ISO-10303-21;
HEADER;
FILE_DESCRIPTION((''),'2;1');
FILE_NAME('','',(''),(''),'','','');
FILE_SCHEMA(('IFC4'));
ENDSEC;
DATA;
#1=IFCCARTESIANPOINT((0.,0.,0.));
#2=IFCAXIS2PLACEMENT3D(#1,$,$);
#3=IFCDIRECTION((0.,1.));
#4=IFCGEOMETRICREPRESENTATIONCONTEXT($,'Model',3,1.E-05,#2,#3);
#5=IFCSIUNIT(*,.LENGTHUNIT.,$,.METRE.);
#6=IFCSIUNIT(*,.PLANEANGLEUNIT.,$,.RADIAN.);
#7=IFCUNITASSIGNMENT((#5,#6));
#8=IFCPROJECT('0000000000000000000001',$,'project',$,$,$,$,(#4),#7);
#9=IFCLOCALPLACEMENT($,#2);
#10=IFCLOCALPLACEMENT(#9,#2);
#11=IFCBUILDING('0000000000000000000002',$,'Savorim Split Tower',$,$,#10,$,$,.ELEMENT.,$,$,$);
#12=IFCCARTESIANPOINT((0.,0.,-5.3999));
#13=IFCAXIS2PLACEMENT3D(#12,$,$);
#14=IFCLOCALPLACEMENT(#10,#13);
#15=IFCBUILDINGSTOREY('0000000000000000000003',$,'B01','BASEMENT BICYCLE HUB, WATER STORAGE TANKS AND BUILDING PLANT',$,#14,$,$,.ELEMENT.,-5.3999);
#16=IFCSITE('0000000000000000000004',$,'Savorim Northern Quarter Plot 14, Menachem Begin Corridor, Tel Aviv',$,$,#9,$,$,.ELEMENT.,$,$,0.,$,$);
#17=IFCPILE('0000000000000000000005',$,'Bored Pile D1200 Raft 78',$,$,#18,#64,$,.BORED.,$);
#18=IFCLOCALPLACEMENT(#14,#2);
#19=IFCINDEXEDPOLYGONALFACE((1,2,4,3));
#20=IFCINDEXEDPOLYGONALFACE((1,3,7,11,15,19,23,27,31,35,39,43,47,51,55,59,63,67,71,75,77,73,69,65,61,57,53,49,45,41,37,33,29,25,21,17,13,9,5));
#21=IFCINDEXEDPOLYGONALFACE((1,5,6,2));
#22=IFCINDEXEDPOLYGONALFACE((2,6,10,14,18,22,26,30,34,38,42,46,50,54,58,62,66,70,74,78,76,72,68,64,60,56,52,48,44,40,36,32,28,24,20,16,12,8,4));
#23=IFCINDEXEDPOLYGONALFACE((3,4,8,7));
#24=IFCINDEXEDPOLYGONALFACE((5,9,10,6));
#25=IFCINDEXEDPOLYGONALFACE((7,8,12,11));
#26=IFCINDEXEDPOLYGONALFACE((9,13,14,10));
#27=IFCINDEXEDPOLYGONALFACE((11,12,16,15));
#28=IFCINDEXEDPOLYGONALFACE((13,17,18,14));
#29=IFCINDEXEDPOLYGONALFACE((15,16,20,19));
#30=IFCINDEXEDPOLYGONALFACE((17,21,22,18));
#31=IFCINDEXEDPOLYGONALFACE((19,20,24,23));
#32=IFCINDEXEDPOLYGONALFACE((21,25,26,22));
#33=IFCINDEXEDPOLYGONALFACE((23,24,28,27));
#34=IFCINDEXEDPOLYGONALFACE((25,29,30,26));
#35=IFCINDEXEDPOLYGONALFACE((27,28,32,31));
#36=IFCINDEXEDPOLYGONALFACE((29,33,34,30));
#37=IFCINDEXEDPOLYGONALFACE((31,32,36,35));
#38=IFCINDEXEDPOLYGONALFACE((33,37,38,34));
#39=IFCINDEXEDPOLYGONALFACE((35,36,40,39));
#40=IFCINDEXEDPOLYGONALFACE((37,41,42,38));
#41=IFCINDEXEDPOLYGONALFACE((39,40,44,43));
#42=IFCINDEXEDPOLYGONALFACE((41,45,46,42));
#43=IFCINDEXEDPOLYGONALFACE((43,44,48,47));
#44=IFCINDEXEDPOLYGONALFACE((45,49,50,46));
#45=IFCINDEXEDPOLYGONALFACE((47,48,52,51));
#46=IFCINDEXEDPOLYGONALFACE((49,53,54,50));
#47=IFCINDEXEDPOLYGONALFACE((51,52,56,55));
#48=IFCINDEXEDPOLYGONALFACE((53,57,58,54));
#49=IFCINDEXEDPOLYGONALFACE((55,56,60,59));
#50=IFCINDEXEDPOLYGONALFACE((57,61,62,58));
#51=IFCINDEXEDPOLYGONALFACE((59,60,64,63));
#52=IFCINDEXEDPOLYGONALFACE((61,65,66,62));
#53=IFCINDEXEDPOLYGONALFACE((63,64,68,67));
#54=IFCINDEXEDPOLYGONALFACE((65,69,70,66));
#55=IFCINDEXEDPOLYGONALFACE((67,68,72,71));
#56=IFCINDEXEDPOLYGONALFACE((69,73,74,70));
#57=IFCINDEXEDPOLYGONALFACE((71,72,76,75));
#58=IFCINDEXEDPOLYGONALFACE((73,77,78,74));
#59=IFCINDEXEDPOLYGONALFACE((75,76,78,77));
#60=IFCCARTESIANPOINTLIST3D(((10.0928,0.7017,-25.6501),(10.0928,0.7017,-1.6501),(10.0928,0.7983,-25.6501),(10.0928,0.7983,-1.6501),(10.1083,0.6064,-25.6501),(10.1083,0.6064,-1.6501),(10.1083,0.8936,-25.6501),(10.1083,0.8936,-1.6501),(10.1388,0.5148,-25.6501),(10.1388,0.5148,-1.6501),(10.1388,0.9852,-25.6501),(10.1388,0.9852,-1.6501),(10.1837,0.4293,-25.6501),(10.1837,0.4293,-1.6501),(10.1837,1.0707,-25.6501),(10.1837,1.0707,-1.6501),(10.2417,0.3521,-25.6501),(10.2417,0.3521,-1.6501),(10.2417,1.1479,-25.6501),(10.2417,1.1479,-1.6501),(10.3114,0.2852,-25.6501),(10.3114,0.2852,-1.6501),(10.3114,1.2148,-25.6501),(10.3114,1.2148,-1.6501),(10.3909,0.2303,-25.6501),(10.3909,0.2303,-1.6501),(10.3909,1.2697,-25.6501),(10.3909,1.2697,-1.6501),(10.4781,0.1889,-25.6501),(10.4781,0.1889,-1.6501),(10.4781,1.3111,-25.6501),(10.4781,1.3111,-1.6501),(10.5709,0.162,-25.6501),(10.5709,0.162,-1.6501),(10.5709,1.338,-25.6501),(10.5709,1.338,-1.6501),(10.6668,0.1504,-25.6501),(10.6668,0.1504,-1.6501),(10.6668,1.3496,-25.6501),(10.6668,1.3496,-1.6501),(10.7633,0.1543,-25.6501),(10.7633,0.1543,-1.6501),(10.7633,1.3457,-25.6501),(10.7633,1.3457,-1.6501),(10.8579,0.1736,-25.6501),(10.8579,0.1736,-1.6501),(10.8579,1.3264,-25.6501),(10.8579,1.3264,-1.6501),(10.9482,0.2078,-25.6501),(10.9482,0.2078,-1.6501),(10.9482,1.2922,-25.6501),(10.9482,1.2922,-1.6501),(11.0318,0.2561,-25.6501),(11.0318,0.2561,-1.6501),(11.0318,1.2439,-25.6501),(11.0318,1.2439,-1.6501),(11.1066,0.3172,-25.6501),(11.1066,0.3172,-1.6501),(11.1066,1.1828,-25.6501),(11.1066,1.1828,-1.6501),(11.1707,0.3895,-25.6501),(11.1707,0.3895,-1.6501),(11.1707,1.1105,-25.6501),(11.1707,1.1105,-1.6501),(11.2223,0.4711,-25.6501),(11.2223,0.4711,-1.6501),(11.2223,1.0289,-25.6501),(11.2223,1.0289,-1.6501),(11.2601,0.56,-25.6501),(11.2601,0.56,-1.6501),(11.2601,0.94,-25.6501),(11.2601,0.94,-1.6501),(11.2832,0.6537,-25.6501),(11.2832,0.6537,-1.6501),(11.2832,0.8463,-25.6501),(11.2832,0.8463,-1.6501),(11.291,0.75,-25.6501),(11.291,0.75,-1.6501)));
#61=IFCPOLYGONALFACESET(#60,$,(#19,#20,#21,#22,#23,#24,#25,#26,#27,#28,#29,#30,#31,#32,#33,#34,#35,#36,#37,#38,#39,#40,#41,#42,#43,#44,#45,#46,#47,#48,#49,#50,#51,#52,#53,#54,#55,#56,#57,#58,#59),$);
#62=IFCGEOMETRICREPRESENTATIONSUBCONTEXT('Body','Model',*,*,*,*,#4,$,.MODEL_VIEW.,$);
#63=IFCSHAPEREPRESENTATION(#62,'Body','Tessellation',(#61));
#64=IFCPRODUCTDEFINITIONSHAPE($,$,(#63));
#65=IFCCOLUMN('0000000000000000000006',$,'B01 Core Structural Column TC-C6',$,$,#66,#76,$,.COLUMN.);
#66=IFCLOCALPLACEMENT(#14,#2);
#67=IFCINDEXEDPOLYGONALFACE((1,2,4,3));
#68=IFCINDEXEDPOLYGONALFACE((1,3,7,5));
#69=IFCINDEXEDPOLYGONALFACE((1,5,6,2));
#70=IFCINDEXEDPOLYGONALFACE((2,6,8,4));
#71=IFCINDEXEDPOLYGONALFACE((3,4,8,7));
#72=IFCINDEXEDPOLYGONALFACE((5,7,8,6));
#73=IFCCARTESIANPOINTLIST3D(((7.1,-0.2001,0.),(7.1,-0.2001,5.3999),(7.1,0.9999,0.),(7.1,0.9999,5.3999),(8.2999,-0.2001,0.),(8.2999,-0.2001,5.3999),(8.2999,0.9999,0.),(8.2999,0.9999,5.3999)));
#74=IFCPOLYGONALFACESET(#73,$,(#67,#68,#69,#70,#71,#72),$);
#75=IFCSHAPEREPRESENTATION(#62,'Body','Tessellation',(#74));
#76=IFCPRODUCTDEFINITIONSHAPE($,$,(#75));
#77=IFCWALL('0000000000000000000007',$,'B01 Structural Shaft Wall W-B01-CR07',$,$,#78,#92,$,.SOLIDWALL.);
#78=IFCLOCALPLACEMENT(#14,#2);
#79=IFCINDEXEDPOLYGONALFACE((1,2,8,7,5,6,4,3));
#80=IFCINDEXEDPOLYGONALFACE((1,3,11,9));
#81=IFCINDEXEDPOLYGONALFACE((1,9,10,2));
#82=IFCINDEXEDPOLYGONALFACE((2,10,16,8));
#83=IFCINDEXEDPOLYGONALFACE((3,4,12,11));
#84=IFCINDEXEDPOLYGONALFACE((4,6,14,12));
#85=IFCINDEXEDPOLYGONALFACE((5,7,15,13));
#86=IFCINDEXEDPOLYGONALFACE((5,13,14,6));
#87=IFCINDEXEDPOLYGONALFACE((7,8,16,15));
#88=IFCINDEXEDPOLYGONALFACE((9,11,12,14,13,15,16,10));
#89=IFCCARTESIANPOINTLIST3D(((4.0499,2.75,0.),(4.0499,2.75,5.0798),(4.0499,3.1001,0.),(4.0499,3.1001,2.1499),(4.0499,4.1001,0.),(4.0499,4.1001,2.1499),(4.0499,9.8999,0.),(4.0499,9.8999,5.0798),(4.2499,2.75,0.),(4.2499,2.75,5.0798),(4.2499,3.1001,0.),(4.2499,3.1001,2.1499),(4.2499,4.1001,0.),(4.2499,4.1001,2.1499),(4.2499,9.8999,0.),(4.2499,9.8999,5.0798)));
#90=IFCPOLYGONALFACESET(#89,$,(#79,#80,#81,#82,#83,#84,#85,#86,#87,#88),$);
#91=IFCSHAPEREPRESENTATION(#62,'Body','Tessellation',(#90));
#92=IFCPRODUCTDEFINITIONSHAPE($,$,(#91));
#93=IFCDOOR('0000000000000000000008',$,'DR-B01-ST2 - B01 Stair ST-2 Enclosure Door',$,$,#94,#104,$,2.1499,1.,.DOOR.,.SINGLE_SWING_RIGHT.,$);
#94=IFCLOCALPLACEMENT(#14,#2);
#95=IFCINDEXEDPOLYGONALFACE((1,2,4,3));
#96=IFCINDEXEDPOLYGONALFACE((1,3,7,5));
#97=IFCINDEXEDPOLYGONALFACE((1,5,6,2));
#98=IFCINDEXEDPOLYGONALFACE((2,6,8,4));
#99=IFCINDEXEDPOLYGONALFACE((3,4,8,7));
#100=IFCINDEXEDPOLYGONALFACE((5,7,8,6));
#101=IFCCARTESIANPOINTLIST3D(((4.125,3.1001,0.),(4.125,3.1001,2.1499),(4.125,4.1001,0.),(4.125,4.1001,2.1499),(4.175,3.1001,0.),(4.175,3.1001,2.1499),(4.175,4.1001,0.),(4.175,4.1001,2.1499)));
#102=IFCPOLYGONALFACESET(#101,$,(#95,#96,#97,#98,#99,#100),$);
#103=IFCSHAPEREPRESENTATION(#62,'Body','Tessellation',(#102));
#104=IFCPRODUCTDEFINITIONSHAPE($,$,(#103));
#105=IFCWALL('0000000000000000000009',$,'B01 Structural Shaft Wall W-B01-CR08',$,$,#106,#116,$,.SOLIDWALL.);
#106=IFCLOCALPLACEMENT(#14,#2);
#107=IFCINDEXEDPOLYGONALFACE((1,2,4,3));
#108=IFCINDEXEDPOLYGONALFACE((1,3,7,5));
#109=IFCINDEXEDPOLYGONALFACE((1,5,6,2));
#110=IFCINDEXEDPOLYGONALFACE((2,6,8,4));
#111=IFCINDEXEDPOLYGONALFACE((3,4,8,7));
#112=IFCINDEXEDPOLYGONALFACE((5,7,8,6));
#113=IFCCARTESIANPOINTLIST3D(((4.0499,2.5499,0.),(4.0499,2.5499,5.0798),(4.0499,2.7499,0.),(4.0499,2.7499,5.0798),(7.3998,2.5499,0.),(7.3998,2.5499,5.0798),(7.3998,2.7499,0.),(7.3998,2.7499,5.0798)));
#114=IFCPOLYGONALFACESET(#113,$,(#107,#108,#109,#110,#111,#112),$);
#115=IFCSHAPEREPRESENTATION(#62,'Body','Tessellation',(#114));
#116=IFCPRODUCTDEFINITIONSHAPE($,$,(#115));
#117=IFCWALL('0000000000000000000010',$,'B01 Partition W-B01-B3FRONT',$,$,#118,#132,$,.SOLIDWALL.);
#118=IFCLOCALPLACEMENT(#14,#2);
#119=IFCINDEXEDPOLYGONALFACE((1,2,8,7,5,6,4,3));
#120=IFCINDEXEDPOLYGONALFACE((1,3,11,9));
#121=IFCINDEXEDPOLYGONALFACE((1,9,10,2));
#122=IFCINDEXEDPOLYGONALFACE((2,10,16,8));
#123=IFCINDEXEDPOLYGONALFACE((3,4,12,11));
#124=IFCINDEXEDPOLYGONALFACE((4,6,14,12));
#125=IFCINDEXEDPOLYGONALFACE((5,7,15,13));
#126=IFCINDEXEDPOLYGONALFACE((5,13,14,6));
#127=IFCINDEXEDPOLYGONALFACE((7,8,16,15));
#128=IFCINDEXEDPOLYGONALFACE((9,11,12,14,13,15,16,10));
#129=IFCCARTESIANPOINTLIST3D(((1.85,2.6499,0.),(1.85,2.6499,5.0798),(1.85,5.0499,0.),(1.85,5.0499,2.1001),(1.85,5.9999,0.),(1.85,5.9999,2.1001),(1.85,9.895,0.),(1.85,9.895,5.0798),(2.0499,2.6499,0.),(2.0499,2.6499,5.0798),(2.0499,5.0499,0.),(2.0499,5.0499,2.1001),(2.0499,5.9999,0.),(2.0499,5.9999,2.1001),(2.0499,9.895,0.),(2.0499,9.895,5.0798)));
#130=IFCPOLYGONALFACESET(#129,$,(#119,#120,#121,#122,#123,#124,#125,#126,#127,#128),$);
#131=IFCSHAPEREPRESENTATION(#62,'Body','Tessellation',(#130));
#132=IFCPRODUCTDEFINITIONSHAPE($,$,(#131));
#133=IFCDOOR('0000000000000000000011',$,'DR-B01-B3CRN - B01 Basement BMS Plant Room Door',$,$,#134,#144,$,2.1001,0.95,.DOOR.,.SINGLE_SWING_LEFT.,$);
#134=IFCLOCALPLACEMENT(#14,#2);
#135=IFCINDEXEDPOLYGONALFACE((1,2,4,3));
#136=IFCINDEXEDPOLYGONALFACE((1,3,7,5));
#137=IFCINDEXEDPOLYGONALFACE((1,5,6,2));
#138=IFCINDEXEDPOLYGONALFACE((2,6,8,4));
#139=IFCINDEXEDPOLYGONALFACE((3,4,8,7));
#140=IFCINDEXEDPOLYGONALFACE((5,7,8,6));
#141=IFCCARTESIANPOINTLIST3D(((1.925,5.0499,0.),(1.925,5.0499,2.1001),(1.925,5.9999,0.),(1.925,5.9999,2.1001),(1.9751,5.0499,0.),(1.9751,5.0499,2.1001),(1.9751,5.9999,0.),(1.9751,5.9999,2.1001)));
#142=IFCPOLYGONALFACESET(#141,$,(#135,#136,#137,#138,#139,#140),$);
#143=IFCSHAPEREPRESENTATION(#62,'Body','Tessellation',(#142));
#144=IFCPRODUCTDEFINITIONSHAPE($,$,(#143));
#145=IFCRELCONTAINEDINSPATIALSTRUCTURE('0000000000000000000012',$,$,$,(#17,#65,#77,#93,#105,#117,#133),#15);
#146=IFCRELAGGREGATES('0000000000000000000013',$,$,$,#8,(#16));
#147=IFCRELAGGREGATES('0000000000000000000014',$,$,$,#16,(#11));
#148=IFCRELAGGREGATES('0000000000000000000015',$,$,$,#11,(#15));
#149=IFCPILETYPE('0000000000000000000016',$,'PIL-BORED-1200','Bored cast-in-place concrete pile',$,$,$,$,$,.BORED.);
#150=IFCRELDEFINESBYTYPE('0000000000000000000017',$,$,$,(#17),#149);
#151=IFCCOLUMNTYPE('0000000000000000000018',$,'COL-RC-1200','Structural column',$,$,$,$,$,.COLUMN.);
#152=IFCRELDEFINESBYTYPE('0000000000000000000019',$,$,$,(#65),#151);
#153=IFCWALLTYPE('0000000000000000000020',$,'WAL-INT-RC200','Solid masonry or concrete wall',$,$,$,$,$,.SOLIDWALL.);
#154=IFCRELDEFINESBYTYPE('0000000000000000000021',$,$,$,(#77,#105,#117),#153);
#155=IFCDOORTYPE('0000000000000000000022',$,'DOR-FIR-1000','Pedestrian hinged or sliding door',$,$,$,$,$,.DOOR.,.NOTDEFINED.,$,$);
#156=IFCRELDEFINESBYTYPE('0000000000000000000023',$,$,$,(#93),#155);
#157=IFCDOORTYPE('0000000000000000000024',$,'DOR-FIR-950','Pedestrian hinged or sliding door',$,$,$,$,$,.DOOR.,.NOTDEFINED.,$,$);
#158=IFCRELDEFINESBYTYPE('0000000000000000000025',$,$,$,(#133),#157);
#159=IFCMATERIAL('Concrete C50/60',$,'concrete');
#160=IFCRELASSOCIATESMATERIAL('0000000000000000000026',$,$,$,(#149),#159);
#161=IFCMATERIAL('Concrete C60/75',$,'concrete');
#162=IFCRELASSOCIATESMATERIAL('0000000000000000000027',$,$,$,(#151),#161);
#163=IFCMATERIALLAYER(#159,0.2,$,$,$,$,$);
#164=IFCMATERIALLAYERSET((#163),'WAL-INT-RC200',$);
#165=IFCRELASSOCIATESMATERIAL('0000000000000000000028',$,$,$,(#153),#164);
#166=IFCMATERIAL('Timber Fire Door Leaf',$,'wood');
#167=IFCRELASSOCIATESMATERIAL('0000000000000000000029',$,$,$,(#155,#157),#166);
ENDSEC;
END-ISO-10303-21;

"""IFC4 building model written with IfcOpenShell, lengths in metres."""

from ifc_helpers import new_model, si_unit, direction, frame, frame_2d, origin, origin_2d, place, context, subcontext, project, spatial, rectangle, circle, extrude, material, layer, layer_set, material_profile, profile_set, type_object, element, fill, save


model = new_model("IFC4")

# Units and contexts
model_context = context("Model", 3, precision=1e-05, world=origin(), true_north=direction((0.0, 1.0)))
body_context = subcontext(model_context, "Body", "Model", "MODEL_VIEW")
ifc_project = project(units=[si_unit("LENGTHUNIT", "METRE"), si_unit("PLANEANGLEUNIT", "RADIAN")], contexts=[model_context])

# Site, building, storey
site_placement = place(None, origin())
site = spatial("IfcSite", under=ifc_project, at=site_placement, Name="Savorim Northern Quarter Plot 14, Menachem Begin Corridor, Tel Aviv", CompositionType="ELEMENT", RefElevation=0.0)
building_placement = place(site_placement, origin())
building = spatial("IfcBuilding", under=site, at=building_placement, Name="Savorim Split Tower", CompositionType="ELEMENT")
storey_placement = place(building_placement, frame((0.0, 0.0, -5.3999)))
storey = spatial("IfcBuildingStorey", under=building, at=storey_placement, Name="B01", Description="BASEMENT BICYCLE HUB, WATER STORAGE TANKS AND BUILDING PLANT", CompositionType="ELEMENT", Elevation=-5.3999)

# Pile
ifc_material_1 = material(Name="Concrete C50/60", Category="concrete")
ifc_material_profile_1 = material_profile(ifc_material_1, circle(Radius=0.6001, at=origin_2d()), Name="PILE D1200")
ifc_profile_set_1 = profile_set([ifc_material_profile_1], Name="Concrete C50/60")
pile_type = type_object("IfcPileType", Name="PIL-BORED-1200", Description="Bored cast-in-place concrete pile", PredefinedType="BORED", material=ifc_profile_set_1)
for number, where, z_axis, x_axis, name in (
    (1, (10.6909, 0.75, -1.6501), (0.0, 0.0, -1.0), (1.0, 0.0, 0.0), "Bored Pile D1200 Raft 78"),
):
    element("IfcPile", number, at=place(storey_placement, frame(where, z_axis=z_axis, x_axis=x_axis)), inside=storey, type_object=pile_type, Name=name, PredefinedType="BORED", context=body_context, shape_type="SweptSolid", body=[
        extrude(circle(Radius=0.6001, at=origin_2d()), origin(), (0.0, 0.0, 1.0), 24.0),
    ])

# Column
ifc_material_2 = material(Name="Concrete C60/75", Category="concrete")
ifc_material_profile_2 = material_profile(ifc_material_2, rectangle(XDim=1.2, YDim=1.2, at=origin_2d()), Name="RC 1200x1200")
ifc_profile_set_2 = profile_set([ifc_material_profile_2], Name="Concrete C60/75")
column_type = type_object("IfcColumnType", Name="COL-RC-1200", Description="Structural column", PredefinedType="COLUMN", material=ifc_profile_set_2)
column_placement = place(storey_placement, frame((7.7, 0.3999, 0.0), z_axis=(0.0, 0.0, 1.0), x_axis=(1.0, 0.0, 0.0)))
element("IfcColumn", 2, at=column_placement, inside=storey, type_object=column_type, Name="B01 Core Structural Column TC-C6", PredefinedType="COLUMN", context=body_context, shape_type="SweptSolid", body=[
    extrude(rectangle(XDim=1.2, YDim=1.2, at=origin_2d()), origin(), (0.0, 0.0, 1.0), 5.3999),
])

# Wall, opening, door
ifc_layer_1 = layer(ifc_material_1, 0.2)
ifc_layer_set_1 = layer_set([ifc_layer_1], Name="WAL-INT-RC200")
wall_type = type_object("IfcWallType", Name="WAL-INT-RC200", Description="Solid masonry or concrete wall", PredefinedType="SOLIDWALL", material=ifc_layer_set_1)
wall_1_placement = place(storey_placement, frame((4.1499, 2.75, 0.0), z_axis=(0.0, 0.0, 1.0), x_axis=(0.0, 1.0, 0.0)))
wall_1 = element("IfcWall", 3, at=wall_1_placement, inside=storey, type_object=wall_type, Name="B01 Structural Shaft Wall W-B01-CR07", PredefinedType="SOLIDWALL", context=body_context, shape_type="SweptSolid", body=[
    extrude(rectangle(XDim=7.1499, YDim=0.2, at=frame_2d((3.575, 0.0))), origin(), (0.0, 0.0, 1.0), 5.0798),
])
opening_1_placement = place(wall_1_placement, frame((0.3501, 0.0, 0.0)))
opening_1 = element("IfcOpeningElement", 4, at=opening_1_placement, cuts=wall_1, PredefinedType="OPENING", context=body_context, shape_type="SweptSolid", body=[
    extrude(rectangle(XDim=1.0, YDim=2.1499, at=frame_2d((0.5, 1.075))), frame((0.0, 0.1099, 0.0), z_axis=(0.0, -1.0, 0.0), x_axis=(1.0, 0.0, 0.0)), (0.0, 0.0, 1.0), 0.22),
])
ifc_material_3 = material(Name="Timber Fire Door Leaf", Category="wood")
door_type_1 = type_object("IfcDoorType", Name="DOR-FIR-1000", Description="Pedestrian hinged or sliding door", OperationType="NOTDEFINED", PredefinedType="DOOR", material=ifc_material_3)
door_1_placement = place(opening_1_placement, origin())
door_1 = element("IfcDoor", 5, at=door_1_placement, inside=storey, type_object=door_type_1, Name="DR-B01-ST2 - B01 Stair ST-2 Enclosure Door", OperationType="SINGLE_SWING_RIGHT", OverallHeight=2.1499, OverallWidth=1.0, PredefinedType="DOOR", context=body_context, shape_type="SweptSolid", body=[
    extrude(rectangle(XDim=1.0, YDim=2.1499, at=frame_2d((0.5, 1.075))), frame((0.0, 0.0249, 0.0), z_axis=(0.0, -1.0, 0.0), x_axis=(1.0, 0.0, 0.0)), (0.0, 0.0, 1.0), 0.05),
])
fill(opening_1, door_1)

# Wall
wall_2_placement = place(storey_placement, frame((4.05, 2.6499, 0.0), z_axis=(0.0, 0.0, 1.0), x_axis=(1.0, 0.0, 0.0)))
element("IfcWall", 6, at=wall_2_placement, inside=storey, type_object=wall_type, Name="B01 Structural Shaft Wall W-B01-CR08", PredefinedType="SOLIDWALL", context=body_context, shape_type="SweptSolid", body=[
    extrude(rectangle(XDim=3.3499, YDim=0.2, at=frame_2d((1.6748, 0.0))), origin(), (0.0, 0.0, 1.0), 5.0798),
])

# Wall, opening, door
wall_3_placement = place(storey_placement, frame((1.95, 2.6499, 0.0), z_axis=(0.0, 0.0, 1.0), x_axis=(0.0, 1.0, 0.0)))
wall_3 = element("IfcWall", 7, at=wall_3_placement, inside=storey, type_object=wall_type, Name="B01 Partition W-B01-B3FRONT", PredefinedType="SOLIDWALL", context=body_context, shape_type="SweptSolid", body=[
    extrude(rectangle(XDim=7.2451, YDim=0.2, at=frame_2d((3.6226, 0.0))), origin(), (0.0, 0.0, 1.0), 5.0798),
])
opening_2_placement = place(wall_3_placement, frame((2.3999, 0.0, 0.0)))
opening_2 = element("IfcOpeningElement", 8, at=opening_2_placement, cuts=wall_3, PredefinedType="OPENING", context=body_context, shape_type="SweptSolid", body=[
    extrude(rectangle(XDim=0.95, YDim=2.1001, at=frame_2d((0.4751, 1.05))), frame((0.0, 0.1099, 0.0), z_axis=(0.0, -1.0, 0.0), x_axis=(1.0, 0.0, 0.0)), (0.0, 0.0, 1.0), 0.22),
])
door_type_2 = type_object("IfcDoorType", Name="DOR-FIR-950", Description="Pedestrian hinged or sliding door", OperationType="NOTDEFINED", PredefinedType="DOOR", material=ifc_material_3)
door_2_placement = place(opening_2_placement, origin())
door_2 = element("IfcDoor", 9, at=door_2_placement, inside=storey, type_object=door_type_2, Name="DR-B01-B3CRN - B01 Basement BMS Plant Room Door", OperationType="SINGLE_SWING_LEFT", OverallHeight=2.1001, OverallWidth=0.95, PredefinedType="DOOR", context=body_context, shape_type="SweptSolid", body=[
    extrude(rectangle(XDim=0.95, YDim=2.1001, at=frame_2d((0.4751, 1.05))), frame((0.0, 0.0249, 0.0), z_axis=(0.0, -1.0, 0.0), x_axis=(1.0, 0.0, 0.0)), (0.0, 0.0, 1.0), 0.05),
])
fill(opening_2, door_2)

save(model, "model.ifc")
